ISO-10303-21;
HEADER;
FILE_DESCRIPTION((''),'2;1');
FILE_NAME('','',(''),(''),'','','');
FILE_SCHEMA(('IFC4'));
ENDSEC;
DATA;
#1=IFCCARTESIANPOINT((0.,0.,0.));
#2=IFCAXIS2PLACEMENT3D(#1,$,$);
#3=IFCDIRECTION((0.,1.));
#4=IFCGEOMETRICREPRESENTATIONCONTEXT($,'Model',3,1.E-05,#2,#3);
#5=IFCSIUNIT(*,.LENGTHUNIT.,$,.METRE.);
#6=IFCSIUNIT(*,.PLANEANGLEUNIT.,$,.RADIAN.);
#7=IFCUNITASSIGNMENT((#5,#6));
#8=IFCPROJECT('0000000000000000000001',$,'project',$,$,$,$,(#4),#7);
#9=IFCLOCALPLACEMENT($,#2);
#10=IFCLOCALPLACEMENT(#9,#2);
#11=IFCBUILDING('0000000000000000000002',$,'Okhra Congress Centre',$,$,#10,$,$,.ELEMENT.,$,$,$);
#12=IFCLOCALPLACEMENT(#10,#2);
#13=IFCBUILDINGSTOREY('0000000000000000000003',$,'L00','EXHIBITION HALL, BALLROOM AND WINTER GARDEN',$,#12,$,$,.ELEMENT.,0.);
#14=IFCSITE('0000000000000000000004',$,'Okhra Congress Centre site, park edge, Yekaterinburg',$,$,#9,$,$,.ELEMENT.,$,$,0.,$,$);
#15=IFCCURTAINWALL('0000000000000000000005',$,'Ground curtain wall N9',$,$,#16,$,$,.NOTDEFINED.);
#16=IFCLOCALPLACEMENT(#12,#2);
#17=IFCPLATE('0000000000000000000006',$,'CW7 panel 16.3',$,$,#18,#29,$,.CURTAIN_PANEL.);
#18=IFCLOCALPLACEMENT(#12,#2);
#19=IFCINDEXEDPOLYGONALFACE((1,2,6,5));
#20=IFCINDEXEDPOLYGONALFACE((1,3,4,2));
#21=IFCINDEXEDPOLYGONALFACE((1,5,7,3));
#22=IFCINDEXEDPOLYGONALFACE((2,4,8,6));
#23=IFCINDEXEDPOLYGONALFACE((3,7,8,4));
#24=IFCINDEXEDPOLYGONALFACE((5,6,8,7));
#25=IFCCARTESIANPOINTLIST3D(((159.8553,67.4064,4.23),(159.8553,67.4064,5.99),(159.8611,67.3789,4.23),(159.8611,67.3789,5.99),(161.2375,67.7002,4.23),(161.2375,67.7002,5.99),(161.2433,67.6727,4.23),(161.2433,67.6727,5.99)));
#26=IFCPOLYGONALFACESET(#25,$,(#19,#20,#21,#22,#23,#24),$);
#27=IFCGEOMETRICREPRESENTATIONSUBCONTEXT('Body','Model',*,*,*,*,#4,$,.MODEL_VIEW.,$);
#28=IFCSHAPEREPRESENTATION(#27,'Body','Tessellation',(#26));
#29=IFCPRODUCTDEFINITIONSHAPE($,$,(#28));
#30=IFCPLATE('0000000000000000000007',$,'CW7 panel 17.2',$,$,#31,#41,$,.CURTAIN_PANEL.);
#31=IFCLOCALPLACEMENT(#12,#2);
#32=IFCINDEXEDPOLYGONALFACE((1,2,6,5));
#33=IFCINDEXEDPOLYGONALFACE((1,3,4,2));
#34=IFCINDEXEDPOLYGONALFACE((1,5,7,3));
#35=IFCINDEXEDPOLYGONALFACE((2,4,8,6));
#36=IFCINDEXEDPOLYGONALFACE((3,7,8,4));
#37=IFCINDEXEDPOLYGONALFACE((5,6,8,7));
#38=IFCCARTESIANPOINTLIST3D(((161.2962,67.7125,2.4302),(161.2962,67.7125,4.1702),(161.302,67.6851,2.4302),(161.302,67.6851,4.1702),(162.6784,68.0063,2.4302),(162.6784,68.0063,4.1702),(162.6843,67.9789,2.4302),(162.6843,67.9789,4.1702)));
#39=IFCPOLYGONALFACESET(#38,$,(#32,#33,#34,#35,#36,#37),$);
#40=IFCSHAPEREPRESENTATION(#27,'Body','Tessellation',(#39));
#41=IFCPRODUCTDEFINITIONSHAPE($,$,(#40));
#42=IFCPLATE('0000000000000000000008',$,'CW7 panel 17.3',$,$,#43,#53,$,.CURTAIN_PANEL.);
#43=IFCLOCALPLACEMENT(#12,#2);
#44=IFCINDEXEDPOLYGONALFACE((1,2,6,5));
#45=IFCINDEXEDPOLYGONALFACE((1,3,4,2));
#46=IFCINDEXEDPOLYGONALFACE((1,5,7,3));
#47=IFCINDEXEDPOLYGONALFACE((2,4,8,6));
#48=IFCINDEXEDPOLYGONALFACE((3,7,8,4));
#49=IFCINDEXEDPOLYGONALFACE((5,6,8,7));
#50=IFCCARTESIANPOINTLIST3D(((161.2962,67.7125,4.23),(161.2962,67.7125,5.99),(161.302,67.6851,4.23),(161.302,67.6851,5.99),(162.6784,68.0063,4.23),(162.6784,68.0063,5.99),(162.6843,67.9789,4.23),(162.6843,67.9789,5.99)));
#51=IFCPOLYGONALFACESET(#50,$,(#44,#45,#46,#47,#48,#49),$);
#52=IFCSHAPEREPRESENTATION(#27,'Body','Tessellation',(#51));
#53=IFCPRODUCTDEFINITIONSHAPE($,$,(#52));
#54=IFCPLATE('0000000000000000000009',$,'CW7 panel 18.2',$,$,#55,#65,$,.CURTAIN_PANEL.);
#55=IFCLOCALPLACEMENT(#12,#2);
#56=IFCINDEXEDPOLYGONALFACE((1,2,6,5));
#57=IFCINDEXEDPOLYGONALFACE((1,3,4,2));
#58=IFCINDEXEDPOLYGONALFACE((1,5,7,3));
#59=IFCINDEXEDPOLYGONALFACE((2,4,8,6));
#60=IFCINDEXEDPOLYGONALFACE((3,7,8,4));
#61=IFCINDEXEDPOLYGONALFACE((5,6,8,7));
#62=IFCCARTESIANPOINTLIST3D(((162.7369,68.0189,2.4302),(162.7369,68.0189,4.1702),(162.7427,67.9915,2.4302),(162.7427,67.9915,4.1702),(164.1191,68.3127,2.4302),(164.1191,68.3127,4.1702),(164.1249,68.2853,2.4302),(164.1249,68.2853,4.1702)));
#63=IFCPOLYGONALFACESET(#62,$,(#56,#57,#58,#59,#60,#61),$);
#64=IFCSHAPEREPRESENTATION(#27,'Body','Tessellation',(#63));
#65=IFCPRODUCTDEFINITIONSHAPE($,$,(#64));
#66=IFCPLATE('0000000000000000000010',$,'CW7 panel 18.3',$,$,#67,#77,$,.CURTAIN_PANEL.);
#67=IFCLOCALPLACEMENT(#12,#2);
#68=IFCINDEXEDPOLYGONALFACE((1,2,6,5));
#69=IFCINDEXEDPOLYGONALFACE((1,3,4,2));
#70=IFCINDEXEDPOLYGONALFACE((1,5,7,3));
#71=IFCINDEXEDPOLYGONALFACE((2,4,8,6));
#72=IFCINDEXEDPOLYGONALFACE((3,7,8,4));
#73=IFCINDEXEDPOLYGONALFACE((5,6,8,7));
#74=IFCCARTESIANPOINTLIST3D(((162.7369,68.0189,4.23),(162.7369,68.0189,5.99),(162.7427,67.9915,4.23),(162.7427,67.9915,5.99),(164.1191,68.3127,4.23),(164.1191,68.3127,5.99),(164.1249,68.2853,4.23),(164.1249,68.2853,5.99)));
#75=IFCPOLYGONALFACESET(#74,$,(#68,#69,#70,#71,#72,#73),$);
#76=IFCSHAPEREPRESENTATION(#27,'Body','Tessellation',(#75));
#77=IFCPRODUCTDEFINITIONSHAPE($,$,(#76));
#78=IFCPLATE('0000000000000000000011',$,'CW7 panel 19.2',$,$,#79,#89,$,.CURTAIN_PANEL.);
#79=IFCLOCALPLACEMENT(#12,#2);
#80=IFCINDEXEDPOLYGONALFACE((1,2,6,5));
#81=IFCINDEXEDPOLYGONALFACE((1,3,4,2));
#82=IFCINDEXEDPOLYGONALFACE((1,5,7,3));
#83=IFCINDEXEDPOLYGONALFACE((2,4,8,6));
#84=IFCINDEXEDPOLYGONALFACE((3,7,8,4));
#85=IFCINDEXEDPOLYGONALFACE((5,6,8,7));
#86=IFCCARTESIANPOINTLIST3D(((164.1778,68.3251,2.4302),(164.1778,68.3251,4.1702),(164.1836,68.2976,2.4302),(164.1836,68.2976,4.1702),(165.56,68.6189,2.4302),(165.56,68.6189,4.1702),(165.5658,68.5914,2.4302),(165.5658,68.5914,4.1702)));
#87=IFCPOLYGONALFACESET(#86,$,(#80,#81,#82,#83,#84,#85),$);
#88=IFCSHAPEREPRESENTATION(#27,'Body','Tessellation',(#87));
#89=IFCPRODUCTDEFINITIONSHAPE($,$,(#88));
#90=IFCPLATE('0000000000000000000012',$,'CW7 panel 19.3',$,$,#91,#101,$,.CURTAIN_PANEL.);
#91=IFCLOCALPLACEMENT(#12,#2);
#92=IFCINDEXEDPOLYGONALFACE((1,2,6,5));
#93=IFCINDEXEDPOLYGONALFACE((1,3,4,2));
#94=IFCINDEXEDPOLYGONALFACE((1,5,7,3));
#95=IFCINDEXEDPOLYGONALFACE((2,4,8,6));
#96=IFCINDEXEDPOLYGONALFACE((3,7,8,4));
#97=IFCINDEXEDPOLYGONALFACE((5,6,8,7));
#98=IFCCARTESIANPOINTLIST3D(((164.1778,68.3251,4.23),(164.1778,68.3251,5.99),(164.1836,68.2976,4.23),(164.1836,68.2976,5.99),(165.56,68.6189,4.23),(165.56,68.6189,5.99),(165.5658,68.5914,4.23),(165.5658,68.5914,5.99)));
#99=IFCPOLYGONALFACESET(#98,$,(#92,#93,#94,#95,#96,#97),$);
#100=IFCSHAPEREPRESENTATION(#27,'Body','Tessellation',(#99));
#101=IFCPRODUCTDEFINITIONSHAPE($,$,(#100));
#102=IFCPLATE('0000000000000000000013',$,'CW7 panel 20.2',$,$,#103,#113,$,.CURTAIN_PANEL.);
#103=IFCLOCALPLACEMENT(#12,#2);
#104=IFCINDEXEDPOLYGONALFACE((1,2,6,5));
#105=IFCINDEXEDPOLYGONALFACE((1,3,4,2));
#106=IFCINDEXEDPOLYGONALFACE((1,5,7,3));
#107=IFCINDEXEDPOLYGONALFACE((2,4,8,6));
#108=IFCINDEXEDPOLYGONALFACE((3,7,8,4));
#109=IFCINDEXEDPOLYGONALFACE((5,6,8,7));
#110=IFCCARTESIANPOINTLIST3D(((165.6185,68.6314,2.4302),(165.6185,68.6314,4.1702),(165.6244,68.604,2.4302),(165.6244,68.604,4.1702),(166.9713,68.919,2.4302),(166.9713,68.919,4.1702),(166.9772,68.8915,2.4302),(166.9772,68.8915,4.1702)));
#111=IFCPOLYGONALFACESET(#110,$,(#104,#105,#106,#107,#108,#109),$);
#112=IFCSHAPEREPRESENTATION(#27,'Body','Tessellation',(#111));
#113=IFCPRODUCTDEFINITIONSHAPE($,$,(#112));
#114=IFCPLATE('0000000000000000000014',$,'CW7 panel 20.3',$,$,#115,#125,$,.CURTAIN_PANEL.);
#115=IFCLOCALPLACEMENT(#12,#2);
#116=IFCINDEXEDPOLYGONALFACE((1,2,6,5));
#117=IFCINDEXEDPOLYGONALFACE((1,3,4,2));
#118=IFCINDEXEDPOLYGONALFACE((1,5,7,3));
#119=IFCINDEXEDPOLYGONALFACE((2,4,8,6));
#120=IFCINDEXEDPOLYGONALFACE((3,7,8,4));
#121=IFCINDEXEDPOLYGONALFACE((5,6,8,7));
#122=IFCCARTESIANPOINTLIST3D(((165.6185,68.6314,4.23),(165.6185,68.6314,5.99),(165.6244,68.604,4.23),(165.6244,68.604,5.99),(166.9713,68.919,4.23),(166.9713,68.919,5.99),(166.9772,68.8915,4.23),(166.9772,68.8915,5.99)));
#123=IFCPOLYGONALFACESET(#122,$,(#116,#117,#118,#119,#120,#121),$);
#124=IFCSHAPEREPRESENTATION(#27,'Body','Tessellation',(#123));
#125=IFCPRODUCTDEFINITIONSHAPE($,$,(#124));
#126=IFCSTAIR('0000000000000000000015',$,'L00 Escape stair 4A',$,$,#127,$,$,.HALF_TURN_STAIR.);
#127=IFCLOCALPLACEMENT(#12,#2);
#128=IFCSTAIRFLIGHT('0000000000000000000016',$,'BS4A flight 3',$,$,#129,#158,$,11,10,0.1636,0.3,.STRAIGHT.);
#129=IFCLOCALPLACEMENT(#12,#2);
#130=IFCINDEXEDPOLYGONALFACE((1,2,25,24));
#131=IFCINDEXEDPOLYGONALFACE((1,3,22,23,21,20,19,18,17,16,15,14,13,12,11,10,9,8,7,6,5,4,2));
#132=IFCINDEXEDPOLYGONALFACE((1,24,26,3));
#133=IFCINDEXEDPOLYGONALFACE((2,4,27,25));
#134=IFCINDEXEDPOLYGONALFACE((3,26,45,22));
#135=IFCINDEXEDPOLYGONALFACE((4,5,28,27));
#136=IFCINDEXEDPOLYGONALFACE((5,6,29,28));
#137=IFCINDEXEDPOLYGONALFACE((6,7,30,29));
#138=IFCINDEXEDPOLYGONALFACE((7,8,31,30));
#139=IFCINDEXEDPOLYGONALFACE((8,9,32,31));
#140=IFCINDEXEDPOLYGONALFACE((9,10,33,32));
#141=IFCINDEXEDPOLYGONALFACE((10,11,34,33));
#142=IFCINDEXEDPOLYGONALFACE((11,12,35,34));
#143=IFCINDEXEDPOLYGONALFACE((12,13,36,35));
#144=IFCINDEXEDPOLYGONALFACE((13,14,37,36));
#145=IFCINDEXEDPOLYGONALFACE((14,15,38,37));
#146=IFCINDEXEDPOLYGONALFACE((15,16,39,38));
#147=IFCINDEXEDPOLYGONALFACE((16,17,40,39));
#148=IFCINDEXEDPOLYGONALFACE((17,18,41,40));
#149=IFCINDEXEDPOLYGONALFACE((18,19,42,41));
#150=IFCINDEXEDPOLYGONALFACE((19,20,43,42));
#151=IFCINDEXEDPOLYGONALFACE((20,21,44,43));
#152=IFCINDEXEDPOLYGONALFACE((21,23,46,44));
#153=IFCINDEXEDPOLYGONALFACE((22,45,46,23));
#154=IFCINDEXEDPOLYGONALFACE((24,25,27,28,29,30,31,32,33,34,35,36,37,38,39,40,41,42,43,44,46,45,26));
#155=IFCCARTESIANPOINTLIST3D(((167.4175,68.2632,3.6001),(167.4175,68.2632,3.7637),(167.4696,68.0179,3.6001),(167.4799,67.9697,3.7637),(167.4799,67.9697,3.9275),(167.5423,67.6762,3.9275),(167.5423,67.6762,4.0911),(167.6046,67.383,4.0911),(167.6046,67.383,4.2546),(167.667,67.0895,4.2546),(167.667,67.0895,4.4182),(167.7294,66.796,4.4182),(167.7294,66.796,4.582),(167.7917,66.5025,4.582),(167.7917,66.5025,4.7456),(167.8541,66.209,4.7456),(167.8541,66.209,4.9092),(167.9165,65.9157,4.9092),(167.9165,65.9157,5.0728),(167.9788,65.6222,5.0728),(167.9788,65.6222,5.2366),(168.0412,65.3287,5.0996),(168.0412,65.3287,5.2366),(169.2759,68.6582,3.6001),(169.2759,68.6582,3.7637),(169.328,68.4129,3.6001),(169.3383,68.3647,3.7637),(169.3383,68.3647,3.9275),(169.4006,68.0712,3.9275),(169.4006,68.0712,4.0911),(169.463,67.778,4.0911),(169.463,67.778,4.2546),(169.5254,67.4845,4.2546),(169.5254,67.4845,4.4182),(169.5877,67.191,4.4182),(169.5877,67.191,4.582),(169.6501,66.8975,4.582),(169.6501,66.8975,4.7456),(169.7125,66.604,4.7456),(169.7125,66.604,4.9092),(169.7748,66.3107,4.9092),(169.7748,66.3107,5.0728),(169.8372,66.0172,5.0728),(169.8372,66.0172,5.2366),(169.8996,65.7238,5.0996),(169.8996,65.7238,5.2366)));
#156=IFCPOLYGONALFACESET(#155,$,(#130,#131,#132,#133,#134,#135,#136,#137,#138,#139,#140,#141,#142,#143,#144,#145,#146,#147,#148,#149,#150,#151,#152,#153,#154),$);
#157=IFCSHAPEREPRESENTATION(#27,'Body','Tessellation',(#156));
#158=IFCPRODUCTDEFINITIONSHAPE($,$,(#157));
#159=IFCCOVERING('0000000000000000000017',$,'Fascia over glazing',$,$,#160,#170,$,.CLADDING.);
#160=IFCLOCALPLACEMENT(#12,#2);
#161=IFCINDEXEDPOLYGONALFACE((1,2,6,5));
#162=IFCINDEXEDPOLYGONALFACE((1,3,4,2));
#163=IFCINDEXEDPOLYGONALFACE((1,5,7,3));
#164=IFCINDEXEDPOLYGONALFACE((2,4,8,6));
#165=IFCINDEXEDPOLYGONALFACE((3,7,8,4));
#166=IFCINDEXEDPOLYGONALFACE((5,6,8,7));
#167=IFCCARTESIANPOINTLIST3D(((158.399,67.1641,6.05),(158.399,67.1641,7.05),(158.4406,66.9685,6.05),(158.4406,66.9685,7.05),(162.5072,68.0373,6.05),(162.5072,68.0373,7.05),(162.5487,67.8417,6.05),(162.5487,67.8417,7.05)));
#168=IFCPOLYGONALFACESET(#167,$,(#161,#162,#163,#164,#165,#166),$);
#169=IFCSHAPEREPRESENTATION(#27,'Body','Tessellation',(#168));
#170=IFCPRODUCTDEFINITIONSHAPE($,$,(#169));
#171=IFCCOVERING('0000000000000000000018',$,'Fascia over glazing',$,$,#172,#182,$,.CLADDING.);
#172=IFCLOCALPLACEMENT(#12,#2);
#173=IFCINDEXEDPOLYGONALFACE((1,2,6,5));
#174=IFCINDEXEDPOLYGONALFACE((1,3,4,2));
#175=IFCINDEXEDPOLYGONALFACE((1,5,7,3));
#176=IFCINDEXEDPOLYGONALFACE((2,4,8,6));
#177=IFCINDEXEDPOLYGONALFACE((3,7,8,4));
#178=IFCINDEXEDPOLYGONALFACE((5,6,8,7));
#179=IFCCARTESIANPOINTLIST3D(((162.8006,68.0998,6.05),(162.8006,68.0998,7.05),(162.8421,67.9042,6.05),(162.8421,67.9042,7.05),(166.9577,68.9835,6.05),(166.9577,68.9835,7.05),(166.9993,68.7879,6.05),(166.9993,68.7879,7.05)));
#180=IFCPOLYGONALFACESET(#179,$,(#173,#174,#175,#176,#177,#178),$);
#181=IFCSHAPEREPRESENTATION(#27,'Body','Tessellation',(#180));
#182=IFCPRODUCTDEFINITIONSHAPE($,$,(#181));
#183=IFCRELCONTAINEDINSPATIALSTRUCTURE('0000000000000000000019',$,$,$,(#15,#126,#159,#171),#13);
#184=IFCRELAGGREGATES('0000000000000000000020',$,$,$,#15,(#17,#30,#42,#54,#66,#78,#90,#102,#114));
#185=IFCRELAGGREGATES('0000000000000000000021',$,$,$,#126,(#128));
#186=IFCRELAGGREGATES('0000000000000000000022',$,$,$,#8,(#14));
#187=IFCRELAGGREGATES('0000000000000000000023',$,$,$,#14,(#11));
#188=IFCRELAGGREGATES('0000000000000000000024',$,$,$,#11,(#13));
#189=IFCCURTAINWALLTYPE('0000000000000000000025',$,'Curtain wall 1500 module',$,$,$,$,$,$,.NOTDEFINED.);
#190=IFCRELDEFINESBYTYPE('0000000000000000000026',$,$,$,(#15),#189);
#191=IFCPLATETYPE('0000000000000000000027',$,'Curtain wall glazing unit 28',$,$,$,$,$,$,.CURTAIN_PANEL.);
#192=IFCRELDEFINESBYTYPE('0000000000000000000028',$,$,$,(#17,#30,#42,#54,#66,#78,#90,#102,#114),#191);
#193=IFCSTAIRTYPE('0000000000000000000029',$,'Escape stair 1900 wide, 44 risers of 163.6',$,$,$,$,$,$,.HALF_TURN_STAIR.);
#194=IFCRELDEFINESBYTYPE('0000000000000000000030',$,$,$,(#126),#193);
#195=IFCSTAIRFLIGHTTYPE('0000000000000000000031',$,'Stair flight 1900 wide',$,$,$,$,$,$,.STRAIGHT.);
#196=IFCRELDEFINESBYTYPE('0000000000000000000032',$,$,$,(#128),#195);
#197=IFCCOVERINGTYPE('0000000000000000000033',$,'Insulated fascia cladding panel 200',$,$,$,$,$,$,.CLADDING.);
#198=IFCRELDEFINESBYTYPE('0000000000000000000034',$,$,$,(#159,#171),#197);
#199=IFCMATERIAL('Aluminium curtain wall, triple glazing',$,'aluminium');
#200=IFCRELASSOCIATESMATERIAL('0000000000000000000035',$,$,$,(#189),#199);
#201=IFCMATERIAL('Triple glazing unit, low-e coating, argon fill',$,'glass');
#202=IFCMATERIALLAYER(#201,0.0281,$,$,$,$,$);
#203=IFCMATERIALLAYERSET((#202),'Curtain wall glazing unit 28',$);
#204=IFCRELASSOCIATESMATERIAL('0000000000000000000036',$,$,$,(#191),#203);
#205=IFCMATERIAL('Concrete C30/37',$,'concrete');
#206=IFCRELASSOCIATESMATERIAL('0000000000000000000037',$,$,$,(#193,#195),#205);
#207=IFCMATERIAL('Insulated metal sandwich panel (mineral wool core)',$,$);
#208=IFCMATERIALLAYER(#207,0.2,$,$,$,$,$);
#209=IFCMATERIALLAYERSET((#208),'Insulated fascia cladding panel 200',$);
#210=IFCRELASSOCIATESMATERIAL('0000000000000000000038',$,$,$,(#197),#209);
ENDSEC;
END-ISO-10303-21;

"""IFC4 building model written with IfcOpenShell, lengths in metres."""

from ifc_helpers import new_model, si_unit, direction, frame, origin, origin_2d, place, context, subcontext, project, spatial, polyline, rectangle, outline, extrude, material, layer, layer_set, type_object, element, aggregate, save


model = new_model("IFC4")

# Units and contexts
model_context = context("Model", 3, precision=1e-05, world=origin(), true_north=direction((0.0, 1.0)))
body_context = subcontext(model_context, "Body", "Model", "MODEL_VIEW")
ifc_project = project(units=[si_unit("LENGTHUNIT", "METRE"), si_unit("PLANEANGLEUNIT", "RADIAN")], contexts=[model_context])

# Site, building, storey
site_placement = place(None, origin())
site = spatial("IfcSite", under=ifc_project, at=site_placement, Name="Okhra Congress Centre site, park edge, Yekaterinburg", CompositionType="ELEMENT", RefElevation=0.0)
building_placement = place(site_placement, origin())
building = spatial("IfcBuilding", under=site, at=building_placement, Name="Okhra Congress Centre", CompositionType="ELEMENT")
storey_placement = place(building_placement, origin())
storey = spatial("IfcBuildingStorey", under=building, at=storey_placement, Name="L00", Description="EXHIBITION HALL, BALLROOM AND WINTER GARDEN", CompositionType="ELEMENT", Elevation=0.0)

# Curtain wall, plates
ifc_material_1 = material(Name="Aluminium curtain wall, triple glazing", Category="aluminium")
curtain_wall_type = type_object("IfcCurtainWallType", Name="Curtain wall 1500 module", PredefinedType="NOTDEFINED", material=ifc_material_1)
curtain_wall_placement = place(storey_placement, origin())
curtain_wall = element("IfcCurtainWall", 1, at=curtain_wall_placement, inside=storey, type_object=curtain_wall_type, Name="Ground curtain wall N9", PredefinedType="NOTDEFINED")
ifc_material_2 = material(Name="Triple glazing unit, low-e coating, argon fill", Category="glass")
ifc_layer_1 = layer(ifc_material_2, 0.0281)
ifc_layer_set_1 = layer_set([ifc_layer_1], Name="Curtain wall glazing unit 28")
plate_type = type_object("IfcPlateType", Name="Curtain wall glazing unit 28", PredefinedType="CURTAIN_PANEL", material=ifc_layer_set_1)
plate_1_placement = place(storey_placement, frame((160.5493, 67.5396, 4.23), z_axis=(0.0, 0.0, 1.0), x_axis=(0.978148, 0.207912, 0.0)))
plate_1 = element("IfcPlate", 2, at=plate_1_placement, type_object=plate_type, Name="CW7 panel 16.3", PredefinedType="CURTAIN_PANEL", context=body_context, shape_type="SweptSolid", body=[
    extrude(rectangle(XDim=1.4131, YDim=0.0281, at=origin_2d()), origin(), (0.0, 0.0, 1.0), 1.76),
])
plate_2_placement = place(storey_placement, frame((161.9902, 67.8457, 2.4302), z_axis=(0.0, 0.0, 1.0), x_axis=(0.978148, 0.207912, 0.0)))
plate_2 = element("IfcPlate", 3, at=plate_2_placement, type_object=plate_type, Name="CW7 panel 17.2", PredefinedType="CURTAIN_PANEL", context=body_context, shape_type="SweptSolid", body=[
    extrude(rectangle(XDim=1.4131, YDim=0.0281, at=origin_2d()), origin(), (0.0, 0.0, 1.0), 1.74),
])
plate_3_placement = place(storey_placement, frame((161.9902, 67.8457, 4.23), z_axis=(0.0, 0.0, 1.0), x_axis=(0.978148, 0.207912, 0.0)))
plate_3 = element("IfcPlate", 4, at=plate_3_placement, type_object=plate_type, Name="CW7 panel 17.3", PredefinedType="CURTAIN_PANEL", context=body_context, shape_type="SweptSolid", body=[
    extrude(rectangle(XDim=1.4131, YDim=0.0281, at=origin_2d()), origin(), (0.0, 0.0, 1.0), 1.76),
])
plate_4_placement = place(storey_placement, frame((163.4309, 68.1521, 2.4302), z_axis=(0.0, 0.0, 1.0), x_axis=(0.978148, 0.207912, 0.0)))
plate_4 = element("IfcPlate", 5, at=plate_4_placement, type_object=plate_type, Name="CW7 panel 18.2", PredefinedType="CURTAIN_PANEL", context=body_context, shape_type="SweptSolid", body=[
    extrude(rectangle(XDim=1.4131, YDim=0.0281, at=origin_2d()), origin(), (0.0, 0.0, 1.0), 1.74),
])
plate_5_placement = place(storey_placement, frame((163.4309, 68.1521, 4.23), z_axis=(0.0, 0.0, 1.0), x_axis=(0.978148, 0.207912, 0.0)))
plate_5 = element("IfcPlate", 6, at=plate_5_placement, type_object=plate_type, Name="CW7 panel 18.3", PredefinedType="CURTAIN_PANEL", context=body_context, shape_type="SweptSolid", body=[
    extrude(rectangle(XDim=1.4131, YDim=0.0281, at=origin_2d()), origin(), (0.0, 0.0, 1.0), 1.76),
])
plate_6_placement = place(storey_placement, frame((164.8718, 68.4583, 2.4302), z_axis=(0.0, 0.0, 1.0), x_axis=(0.978148, 0.207912, 0.0)))
plate_6 = element("IfcPlate", 7, at=plate_6_placement, type_object=plate_type, Name="CW7 panel 19.2", PredefinedType="CURTAIN_PANEL", context=body_context, shape_type="SweptSolid", body=[
    extrude(rectangle(XDim=1.4131, YDim=0.0281, at=origin_2d()), origin(), (0.0, 0.0, 1.0), 1.74),
])
plate_7_placement = place(storey_placement, frame((164.8718, 68.4583, 4.23), z_axis=(0.0, 0.0, 1.0), x_axis=(0.978148, 0.207912, 0.0)))
plate_7 = element("IfcPlate", 8, at=plate_7_placement, type_object=plate_type, Name="CW7 panel 19.3", PredefinedType="CURTAIN_PANEL", context=body_context, shape_type="SweptSolid", body=[
    extrude(rectangle(XDim=1.4131, YDim=0.0281, at=origin_2d()), origin(), (0.0, 0.0, 1.0), 1.76),
])
plate_8_placement = place(storey_placement, frame((166.2979, 68.7615, 2.4302), z_axis=(0.0, 0.0, 1.0), x_axis=(0.978148, 0.207912, 0.0)))
plate_8 = element("IfcPlate", 9, at=plate_8_placement, type_object=plate_type, Name="CW7 panel 20.2", PredefinedType="CURTAIN_PANEL", context=body_context, shape_type="SweptSolid", body=[
    extrude(rectangle(XDim=1.3831, YDim=0.0281, at=origin_2d()), origin(), (0.0, 0.0, 1.0), 1.74),
])
plate_9_placement = place(storey_placement, frame((166.2979, 68.7615, 4.23), z_axis=(0.0, 0.0, 1.0), x_axis=(0.978148, 0.207912, 0.0)))
plate_9 = element("IfcPlate", 10, at=plate_9_placement, type_object=plate_type, Name="CW7 panel 20.3", PredefinedType="CURTAIN_PANEL", context=body_context, shape_type="SweptSolid", body=[
    extrude(rectangle(XDim=1.3831, YDim=0.0281, at=origin_2d()), origin(), (0.0, 0.0, 1.0), 1.76),
])
aggregate(curtain_wall, [plate_1, plate_2, plate_3, plate_4, plate_5, plate_6, plate_7, plate_8, plate_9])

# Stair, stair flight
ifc_material_3 = material(Name="Concrete C30/37", Category="concrete")
stair_type = type_object("IfcStairType", Name="Escape stair 1900 wide, 44 risers of 163.6", PredefinedType="HALF_TURN_STAIR", material=ifc_material_3)
stair_placement = place(storey_placement, origin())
stair = element("IfcStair", 11, at=stair_placement, inside=storey, type_object=stair_type, Name="L00 Escape stair 4A", PredefinedType="HALF_TURN_STAIR")
stair_flight_type = type_object("IfcStairFlightType", Name="Stair flight 1900 wide", PredefinedType="STRAIGHT", material=ifc_material_3)
stair_flight_placement = place(storey_placement, frame((168.3467, 68.4607, 3.6001), z_axis=(0.0, 0.0, 1.0), x_axis=(0.207912, -0.978148, 0.0)))
stair_flight = element("IfcStairFlight", 12, at=stair_flight_placement, type_object=stair_flight_type, Name="BS4A flight 3", NumberOfRisers=11, NumberOfTreads=10, PredefinedType="STRAIGHT", RiserHeight=0.1636, TreadLength=0.3, context=body_context, shape_type="SweptSolid", body=[
    extrude(outline(polyline([(0.0, 0.0), (0.0, 0.1636), (0.3, 0.1636), (0.3, 0.3274), (0.6001, 0.3274), (0.6001, 0.491), (0.8999, 0.491), (0.8999, 0.6545), (1.2, 0.6545), (1.2, 0.8181), (1.5, 0.8181), (1.5, 0.9819), (1.8, 0.9819), (1.8, 1.1455), (2.1001, 1.1455), (2.1001, 1.3091), (2.3999, 1.3091), (2.3999, 1.4727), (2.7, 1.4727), (2.7, 1.6365), (3.0, 1.6365), (3.0, 1.8), (3.0, 1.4995), (0.2507, 0.0), (0.0, 0.0)])), frame((0.0, 0.95, 0.0), z_axis=(0.0, -1.0, 0.0), x_axis=(1.0, 0.0, 0.0)), (0.0, 0.0, 1.0), 1.8999),
])
aggregate(stair, [stair_flight])

# Coverings
ifc_material_4 = material(Name="Insulated metal sandwich panel (mineral wool core)")
ifc_layer_2 = layer(ifc_material_4, 0.2)
ifc_layer_set_2 = layer_set([ifc_layer_2], Name="Insulated fascia cladding panel 200")
covering_type = type_object("IfcCoveringType", Name="Insulated fascia cladding panel 200", PredefinedType="CLADDING", material=ifc_layer_set_2)
covering_1_placement = place(storey_placement, frame((160.4739, 67.5029, 6.05), z_axis=(0.0, 0.0, 1.0), x_axis=(0.978148, 0.207912, 0.0)))
element("IfcCovering", 13, at=covering_1_placement, inside=storey, type_object=covering_type, Name="Fascia over glazing", PredefinedType="CLADDING", context=body_context, shape_type="SweptSolid", body=[
    extrude(rectangle(XDim=4.2, YDim=0.2, at=origin_2d()), origin(), (0.0, 0.0, 1.0), 1.0),
])
covering_2_placement = place(storey_placement, frame((164.8999, 68.4438, 6.05), z_axis=(0.0, 0.0, 1.0), x_axis=(0.978148, 0.207912, 0.0)))
element("IfcCovering", 14, at=covering_2_placement, inside=storey, type_object=covering_type, Name="Fascia over glazing", PredefinedType="CLADDING", context=body_context, shape_type="SweptSolid", body=[
    extrude(rectangle(XDim=4.25, YDim=0.2, at=origin_2d()), origin(), (0.0, 0.0, 1.0), 1.0),
])

save(model, "model.ifc")
